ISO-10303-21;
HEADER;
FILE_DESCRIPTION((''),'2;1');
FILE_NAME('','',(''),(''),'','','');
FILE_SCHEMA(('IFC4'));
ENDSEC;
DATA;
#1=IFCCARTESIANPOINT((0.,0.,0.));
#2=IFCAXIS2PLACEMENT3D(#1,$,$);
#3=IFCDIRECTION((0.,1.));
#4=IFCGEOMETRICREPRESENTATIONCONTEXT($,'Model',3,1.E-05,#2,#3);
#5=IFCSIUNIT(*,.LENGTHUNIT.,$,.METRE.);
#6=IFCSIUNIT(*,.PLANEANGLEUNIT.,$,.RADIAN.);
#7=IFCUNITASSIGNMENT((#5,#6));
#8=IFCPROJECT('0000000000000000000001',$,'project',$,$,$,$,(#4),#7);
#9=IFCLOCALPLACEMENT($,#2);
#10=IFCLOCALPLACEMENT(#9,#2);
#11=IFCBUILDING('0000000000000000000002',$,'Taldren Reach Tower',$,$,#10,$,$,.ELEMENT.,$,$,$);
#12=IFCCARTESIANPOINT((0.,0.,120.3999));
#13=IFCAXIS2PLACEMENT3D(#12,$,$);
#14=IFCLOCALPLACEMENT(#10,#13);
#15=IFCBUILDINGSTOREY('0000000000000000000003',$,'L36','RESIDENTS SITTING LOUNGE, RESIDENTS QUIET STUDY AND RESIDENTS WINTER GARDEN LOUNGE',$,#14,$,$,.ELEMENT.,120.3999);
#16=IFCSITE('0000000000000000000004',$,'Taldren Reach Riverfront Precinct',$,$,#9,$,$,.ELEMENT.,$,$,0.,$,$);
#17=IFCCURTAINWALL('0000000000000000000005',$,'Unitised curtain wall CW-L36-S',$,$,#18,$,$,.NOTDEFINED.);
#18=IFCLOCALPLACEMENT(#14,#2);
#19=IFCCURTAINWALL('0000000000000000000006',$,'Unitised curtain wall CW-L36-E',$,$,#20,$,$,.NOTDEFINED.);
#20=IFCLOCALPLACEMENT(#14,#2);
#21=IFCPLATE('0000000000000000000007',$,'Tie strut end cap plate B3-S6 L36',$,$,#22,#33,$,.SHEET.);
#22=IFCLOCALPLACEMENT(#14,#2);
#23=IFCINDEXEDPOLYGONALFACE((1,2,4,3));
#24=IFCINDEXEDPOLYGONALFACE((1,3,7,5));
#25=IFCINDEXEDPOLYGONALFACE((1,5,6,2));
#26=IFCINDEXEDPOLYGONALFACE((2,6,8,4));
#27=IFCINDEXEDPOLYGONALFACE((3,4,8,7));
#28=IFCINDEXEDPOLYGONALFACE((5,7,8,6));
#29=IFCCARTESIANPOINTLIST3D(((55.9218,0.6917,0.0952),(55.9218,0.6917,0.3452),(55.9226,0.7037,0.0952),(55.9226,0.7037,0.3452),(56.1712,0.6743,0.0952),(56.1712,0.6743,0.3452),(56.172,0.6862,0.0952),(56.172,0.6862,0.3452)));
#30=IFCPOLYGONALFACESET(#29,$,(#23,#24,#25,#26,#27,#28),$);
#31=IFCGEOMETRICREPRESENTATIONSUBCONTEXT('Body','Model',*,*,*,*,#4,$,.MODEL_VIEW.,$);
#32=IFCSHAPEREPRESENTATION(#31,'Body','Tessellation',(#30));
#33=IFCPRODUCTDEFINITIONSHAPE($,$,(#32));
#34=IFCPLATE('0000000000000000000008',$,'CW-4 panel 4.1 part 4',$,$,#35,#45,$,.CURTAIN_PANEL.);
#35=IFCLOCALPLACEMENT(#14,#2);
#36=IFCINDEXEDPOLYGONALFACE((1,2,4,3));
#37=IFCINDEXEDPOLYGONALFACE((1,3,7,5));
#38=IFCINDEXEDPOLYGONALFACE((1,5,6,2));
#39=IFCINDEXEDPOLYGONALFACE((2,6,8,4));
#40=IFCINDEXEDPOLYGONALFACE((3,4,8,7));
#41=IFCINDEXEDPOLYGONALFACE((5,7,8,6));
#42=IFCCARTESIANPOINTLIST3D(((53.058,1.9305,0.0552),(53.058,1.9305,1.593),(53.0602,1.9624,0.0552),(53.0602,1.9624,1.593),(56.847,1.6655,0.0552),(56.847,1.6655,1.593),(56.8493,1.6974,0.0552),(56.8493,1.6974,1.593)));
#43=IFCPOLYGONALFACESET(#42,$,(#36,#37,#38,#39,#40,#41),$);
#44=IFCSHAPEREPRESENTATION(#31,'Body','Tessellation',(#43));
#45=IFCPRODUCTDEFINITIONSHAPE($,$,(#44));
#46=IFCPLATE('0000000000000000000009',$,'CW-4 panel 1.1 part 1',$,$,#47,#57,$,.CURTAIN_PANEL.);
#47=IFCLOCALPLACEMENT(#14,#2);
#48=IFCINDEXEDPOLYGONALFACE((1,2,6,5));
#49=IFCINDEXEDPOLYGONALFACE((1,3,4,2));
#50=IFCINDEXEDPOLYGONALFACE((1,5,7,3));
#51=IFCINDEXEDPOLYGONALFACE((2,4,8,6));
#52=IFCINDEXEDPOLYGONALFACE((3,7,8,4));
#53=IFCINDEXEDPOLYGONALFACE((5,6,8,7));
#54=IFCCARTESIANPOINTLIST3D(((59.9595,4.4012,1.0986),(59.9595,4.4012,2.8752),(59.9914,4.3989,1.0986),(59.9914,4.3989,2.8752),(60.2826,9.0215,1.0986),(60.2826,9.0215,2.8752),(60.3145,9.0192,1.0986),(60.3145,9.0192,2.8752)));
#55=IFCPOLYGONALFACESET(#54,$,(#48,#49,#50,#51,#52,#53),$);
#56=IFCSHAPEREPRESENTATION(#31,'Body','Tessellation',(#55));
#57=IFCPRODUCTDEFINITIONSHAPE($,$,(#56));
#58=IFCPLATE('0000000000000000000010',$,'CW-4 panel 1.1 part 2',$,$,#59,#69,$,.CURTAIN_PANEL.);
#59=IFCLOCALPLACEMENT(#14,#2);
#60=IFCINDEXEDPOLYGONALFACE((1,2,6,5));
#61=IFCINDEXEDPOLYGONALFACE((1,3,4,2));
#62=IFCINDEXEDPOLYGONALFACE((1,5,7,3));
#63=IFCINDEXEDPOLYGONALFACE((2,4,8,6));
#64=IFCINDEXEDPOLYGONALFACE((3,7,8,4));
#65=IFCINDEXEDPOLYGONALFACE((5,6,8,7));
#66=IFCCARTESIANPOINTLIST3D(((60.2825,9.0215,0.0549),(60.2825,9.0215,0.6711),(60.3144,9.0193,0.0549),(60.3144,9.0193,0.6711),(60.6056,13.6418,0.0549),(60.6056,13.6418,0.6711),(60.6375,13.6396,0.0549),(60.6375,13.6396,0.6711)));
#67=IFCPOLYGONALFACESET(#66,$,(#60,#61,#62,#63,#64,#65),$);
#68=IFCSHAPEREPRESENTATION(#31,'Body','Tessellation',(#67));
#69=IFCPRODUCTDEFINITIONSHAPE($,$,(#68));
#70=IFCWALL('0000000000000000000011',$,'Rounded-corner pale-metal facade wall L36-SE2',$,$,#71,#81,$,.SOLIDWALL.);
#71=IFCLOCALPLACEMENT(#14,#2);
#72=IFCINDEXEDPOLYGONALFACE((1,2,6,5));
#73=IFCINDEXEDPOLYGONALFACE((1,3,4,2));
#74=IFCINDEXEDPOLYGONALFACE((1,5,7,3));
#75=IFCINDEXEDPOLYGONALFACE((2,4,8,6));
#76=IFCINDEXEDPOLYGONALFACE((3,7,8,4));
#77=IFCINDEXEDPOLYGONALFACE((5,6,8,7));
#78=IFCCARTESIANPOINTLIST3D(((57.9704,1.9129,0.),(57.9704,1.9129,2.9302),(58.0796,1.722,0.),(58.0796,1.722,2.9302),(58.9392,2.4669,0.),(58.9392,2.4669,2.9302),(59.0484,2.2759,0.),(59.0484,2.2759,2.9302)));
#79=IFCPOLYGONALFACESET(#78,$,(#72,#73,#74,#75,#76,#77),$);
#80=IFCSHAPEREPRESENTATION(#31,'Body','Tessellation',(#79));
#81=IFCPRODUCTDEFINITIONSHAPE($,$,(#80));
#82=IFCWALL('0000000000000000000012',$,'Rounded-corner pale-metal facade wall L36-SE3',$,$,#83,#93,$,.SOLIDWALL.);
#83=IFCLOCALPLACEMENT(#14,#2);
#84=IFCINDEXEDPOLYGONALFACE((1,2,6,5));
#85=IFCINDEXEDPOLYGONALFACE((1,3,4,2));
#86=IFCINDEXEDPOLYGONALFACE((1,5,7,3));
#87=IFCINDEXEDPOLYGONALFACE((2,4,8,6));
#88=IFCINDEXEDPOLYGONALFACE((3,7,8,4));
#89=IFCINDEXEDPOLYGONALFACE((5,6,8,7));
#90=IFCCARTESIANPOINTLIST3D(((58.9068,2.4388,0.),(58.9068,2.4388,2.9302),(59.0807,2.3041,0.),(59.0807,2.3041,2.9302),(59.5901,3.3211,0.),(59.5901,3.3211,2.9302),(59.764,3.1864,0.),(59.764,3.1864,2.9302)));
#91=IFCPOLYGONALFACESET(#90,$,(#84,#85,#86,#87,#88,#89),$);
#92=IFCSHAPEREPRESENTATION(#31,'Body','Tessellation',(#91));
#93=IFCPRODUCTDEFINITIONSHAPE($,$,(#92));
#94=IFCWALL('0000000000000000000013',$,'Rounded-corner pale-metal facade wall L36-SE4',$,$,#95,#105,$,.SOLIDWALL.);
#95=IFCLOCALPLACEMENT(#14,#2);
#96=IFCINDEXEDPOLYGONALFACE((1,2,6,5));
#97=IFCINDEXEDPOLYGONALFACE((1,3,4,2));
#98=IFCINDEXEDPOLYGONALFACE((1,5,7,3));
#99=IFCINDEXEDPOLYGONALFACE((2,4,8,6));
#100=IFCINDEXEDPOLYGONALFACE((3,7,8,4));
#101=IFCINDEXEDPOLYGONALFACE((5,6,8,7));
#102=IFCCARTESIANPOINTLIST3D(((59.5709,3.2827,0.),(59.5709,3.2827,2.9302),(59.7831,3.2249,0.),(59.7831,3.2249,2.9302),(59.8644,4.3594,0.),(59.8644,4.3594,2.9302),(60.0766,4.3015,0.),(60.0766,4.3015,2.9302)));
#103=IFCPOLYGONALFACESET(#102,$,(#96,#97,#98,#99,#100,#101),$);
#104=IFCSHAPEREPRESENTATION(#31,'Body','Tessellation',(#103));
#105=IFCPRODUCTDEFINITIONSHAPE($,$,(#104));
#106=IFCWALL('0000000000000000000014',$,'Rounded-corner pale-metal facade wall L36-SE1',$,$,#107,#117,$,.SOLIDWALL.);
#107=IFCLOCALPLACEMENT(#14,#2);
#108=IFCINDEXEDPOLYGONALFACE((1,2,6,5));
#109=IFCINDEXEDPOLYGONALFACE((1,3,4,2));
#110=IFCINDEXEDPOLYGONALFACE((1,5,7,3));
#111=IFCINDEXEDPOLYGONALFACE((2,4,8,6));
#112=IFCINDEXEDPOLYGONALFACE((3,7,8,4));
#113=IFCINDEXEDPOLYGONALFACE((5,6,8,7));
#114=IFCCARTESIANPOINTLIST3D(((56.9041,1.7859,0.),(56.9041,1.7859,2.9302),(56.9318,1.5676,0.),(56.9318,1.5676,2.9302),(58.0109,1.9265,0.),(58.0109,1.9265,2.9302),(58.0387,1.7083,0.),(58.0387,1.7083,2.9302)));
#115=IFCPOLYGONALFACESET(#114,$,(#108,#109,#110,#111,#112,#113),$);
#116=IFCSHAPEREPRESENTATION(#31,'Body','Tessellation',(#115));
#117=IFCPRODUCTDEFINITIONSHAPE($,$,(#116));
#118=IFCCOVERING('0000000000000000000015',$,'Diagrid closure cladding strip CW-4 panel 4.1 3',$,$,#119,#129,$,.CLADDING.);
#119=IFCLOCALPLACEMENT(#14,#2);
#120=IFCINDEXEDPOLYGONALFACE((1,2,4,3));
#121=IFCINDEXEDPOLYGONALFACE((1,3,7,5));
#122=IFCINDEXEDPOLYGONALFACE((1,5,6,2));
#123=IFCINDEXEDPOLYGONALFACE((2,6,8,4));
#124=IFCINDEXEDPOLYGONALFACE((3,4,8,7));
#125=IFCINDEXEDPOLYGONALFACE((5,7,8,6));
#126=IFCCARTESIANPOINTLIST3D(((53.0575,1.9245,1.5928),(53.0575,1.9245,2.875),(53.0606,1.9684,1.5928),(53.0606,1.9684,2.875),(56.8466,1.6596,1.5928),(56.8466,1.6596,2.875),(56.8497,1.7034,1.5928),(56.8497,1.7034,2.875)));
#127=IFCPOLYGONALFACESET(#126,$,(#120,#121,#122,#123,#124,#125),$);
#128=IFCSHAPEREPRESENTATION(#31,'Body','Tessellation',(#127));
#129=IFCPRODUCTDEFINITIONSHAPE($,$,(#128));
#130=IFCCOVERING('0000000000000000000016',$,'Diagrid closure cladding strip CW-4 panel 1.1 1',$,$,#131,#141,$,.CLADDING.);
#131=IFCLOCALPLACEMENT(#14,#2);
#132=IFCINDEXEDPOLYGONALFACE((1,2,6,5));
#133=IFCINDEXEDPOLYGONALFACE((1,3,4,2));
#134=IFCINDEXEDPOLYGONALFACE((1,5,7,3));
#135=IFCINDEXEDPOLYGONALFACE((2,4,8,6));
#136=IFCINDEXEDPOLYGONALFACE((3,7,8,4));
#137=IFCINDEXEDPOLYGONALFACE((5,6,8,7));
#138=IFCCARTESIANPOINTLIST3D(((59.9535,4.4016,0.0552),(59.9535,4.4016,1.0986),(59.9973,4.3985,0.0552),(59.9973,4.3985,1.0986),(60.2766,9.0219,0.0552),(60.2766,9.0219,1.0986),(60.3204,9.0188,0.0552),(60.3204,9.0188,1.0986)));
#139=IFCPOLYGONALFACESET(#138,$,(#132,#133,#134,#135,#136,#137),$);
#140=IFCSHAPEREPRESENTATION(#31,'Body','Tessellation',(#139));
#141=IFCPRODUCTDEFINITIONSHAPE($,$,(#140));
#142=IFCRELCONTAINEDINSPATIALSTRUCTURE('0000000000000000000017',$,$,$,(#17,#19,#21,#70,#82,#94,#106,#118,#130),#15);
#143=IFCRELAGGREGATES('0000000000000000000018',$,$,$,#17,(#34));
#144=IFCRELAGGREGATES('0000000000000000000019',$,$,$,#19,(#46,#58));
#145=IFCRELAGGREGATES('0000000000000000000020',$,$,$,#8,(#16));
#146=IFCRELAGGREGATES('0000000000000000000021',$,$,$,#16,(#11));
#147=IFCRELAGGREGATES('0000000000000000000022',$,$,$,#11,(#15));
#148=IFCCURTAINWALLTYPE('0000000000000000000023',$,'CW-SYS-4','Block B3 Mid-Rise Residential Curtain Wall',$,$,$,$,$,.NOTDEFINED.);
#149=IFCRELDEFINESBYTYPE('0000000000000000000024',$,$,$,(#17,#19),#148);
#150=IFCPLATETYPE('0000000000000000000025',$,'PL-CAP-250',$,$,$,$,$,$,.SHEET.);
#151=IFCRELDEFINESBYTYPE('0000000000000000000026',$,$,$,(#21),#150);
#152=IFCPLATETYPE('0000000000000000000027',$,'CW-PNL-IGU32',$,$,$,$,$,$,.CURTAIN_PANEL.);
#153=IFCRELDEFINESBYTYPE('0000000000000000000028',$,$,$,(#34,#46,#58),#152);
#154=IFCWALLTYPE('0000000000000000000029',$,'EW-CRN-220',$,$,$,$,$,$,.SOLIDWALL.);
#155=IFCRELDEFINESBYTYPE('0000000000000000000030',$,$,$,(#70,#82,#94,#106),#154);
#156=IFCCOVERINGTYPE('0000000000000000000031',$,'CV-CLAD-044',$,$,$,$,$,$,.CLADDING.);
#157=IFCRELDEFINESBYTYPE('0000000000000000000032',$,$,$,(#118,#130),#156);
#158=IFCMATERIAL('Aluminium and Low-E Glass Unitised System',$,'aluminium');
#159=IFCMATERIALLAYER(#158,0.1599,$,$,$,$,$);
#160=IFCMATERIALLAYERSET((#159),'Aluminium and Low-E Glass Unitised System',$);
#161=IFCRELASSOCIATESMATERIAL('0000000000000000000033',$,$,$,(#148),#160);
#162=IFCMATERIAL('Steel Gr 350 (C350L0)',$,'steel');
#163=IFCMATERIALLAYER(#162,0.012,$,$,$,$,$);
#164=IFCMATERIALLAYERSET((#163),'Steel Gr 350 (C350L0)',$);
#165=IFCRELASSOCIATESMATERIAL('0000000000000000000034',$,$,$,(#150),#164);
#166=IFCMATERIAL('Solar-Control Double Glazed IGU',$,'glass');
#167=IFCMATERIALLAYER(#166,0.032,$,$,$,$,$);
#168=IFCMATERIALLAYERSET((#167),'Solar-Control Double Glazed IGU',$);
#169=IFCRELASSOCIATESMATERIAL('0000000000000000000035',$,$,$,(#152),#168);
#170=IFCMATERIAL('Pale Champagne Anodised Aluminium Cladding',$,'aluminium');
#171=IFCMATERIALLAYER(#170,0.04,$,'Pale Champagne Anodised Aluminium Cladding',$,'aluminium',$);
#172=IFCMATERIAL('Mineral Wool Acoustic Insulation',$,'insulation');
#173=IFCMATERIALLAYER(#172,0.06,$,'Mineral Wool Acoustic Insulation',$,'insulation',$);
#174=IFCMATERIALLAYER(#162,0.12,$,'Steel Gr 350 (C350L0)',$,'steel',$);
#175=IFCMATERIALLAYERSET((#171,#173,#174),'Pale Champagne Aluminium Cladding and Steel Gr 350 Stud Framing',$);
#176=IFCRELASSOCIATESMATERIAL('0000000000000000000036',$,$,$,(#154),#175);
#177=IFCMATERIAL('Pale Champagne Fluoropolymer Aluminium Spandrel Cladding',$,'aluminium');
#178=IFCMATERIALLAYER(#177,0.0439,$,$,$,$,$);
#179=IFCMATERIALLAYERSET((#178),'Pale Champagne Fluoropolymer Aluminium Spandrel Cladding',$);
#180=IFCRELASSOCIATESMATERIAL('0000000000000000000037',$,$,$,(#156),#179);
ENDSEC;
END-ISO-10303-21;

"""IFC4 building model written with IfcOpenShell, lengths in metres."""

from ifc_helpers import new_model, si_unit, direction, frame, frame_2d, origin, origin_2d, place, context, subcontext, project, spatial, rectangle, extrude, source, transform, mapped, material, layer, layer_set, type_object, element, aggregate, save


model = new_model("IFC4")

# Units and contexts
model_context = context("Model", 3, precision=1e-05, world=origin(), true_north=direction((0.0, 1.0)))
body_context = subcontext(model_context, "Body", "Model", "MODEL_VIEW")
ifc_project = project(units=[si_unit("LENGTHUNIT", "METRE"), si_unit("PLANEANGLEUNIT", "RADIAN")], contexts=[model_context])

# Site, building, storey
site_placement = place(None, origin())
site = spatial("IfcSite", under=ifc_project, at=site_placement, Name="Taldren Reach Riverfront Precinct", CompositionType="ELEMENT", RefElevation=0.0)
building_placement = place(site_placement, origin())
building = spatial("IfcBuilding", under=site, at=building_placement, Name="Taldren Reach Tower", CompositionType="ELEMENT")
storey_placement = place(building_placement, frame((0.0, 0.0, 120.3999)))
storey = spatial("IfcBuildingStorey", under=building, at=storey_placement, Name="L36", Description="RESIDENTS SITTING LOUNGE, RESIDENTS QUIET STUDY AND RESIDENTS WINTER GARDEN LOUNGE", CompositionType="ELEMENT", Elevation=120.3999)

# Shared definitions
ifc_material_1 = material(Name="Steel Gr 350 (C350L0)", Category="steel")

# Curtain wall
ifc_material_2 = material(Name="Aluminium and Low-E Glass Unitised System", Category="aluminium")
ifc_layer_1 = layer(ifc_material_2, 0.1599)
ifc_layer_set_1 = layer_set([ifc_layer_1], Name="Aluminium and Low-E Glass Unitised System")
curtain_wall_type = type_object("IfcCurtainWallType", Name="CW-SYS-4", Description="Block B3 Mid-Rise Residential Curtain Wall", PredefinedType="NOTDEFINED", material=ifc_layer_set_1)
curtain_wall_1_placement = place(storey_placement, origin())
curtain_wall_1 = element("IfcCurtainWall", 1, at=curtain_wall_1_placement, inside=storey, type_object=curtain_wall_type, Name="Unitised curtain wall CW-L36-S", PredefinedType="NOTDEFINED")

# Curtain wall
curtain_wall_2_placement = place(storey_placement, origin())
curtain_wall_2 = element("IfcCurtainWall", 2, at=curtain_wall_2_placement, inside=storey, type_object=curtain_wall_type, Name="Unitised curtain wall CW-L36-E", PredefinedType="NOTDEFINED")

# Plate
ifc_layer_2 = layer(ifc_material_1, 0.012)
ifc_layer_set_2 = layer_set([ifc_layer_2], Name="Steel Gr 350 (C350L0)")
plate_type_1 = type_object("IfcPlateType", Name="PL-CAP-250", PredefinedType="SHEET", material=ifc_layer_set_2)
shared_shape_1 = source(origin(), body_context, "Body", "SweptSolid", [
    extrude(rectangle(XDim=0.25, YDim=0.012, at=origin_2d()), origin(), (0.0, 0.0, 1.0), 0.25),
])
plate_1_placement = place(storey_placement, frame((56.0469, 0.689, 0.0952), z_axis=(0.0, 0.0, 1.0), x_axis=(0.997564, -0.069756, 0.0)))
element("IfcPlate", 3, at=plate_1_placement, inside=storey, type_object=plate_type_1, Name="Tie strut end cap plate B3-S6 L36", PredefinedType="SHEET", context=body_context, shape_type="MappedRepresentation", body=[
    mapped(shared_shape_1, transform((0.0, 0.0, 0.0), scale=1.0)),
])

# Plates
ifc_material_3 = material(Name="Solar-Control Double Glazed IGU", Category="glass")
ifc_layer_3 = layer(ifc_material_3, 0.032)
ifc_layer_set_3 = layer_set([ifc_layer_3], Name="Solar-Control Double Glazed IGU")
plate_type_2 = type_object("IfcPlateType", Name="CW-PNL-IGU32", PredefinedType="CURTAIN_PANEL", material=ifc_layer_set_3)
shared_shape_2 = source(origin(), body_context, "Body", "SweptSolid", [
    extrude(rectangle(XDim=3.7983, YDim=0.032, at=origin_2d()), origin(), (0.0, 0.0, 1.0), 1.5378),
])
plate_2_placement = place(storey_placement, frame((54.9536, 1.814, 0.0552), z_axis=(0.0, 0.0, 1.0), x_axis=(0.997564, -0.069757, 0.0)))
plate_2 = element("IfcPlate", 4, at=plate_2_placement, type_object=plate_type_2, Name="CW-4 panel 4.1 part 4", PredefinedType="CURTAIN_PANEL", context=body_context, shape_type="MappedRepresentation", body=[
    mapped(shared_shape_2, transform((0.0, 0.0, 0.0), scale=1.0)),
])
aggregate(curtain_wall_1, [plate_2])
shared_shape_3 = source(origin(), body_context, "Body", "SweptSolid", [
    extrude(rectangle(XDim=4.6316, YDim=0.032, at=origin_2d()), origin(), (0.0, 0.0, 1.0), 1.7766),
])
plate_3_placement = place(storey_placement, frame((60.137, 6.7102, 1.0986), z_axis=(0.0, 0.0, 1.0), x_axis=(0.069756, 0.997564, 0.0)))
plate_3 = element("IfcPlate", 5, at=plate_3_placement, type_object=plate_type_2, Name="CW-4 panel 1.1 part 1", PredefinedType="CURTAIN_PANEL", context=body_context, shape_type="MappedRepresentation", body=[
    mapped(shared_shape_3, transform((0.0, 0.0, 0.0), scale=1.0)),
])
shared_shape_4 = source(origin(), body_context, "Body", "SweptSolid", [
    extrude(rectangle(XDim=4.6316, YDim=0.032, at=origin_2d()), origin(), (0.0, 0.0, 1.0), 0.6162),
])
plate_4_placement = place(storey_placement, frame((60.46, 11.3306, 0.0549), z_axis=(0.0, 0.0, 1.0), x_axis=(0.069756, 0.997564, 0.0)))
plate_4 = element("IfcPlate", 6, at=plate_4_placement, type_object=plate_type_2, Name="CW-4 panel 1.1 part 2", PredefinedType="CURTAIN_PANEL", context=body_context, shape_type="MappedRepresentation", body=[
    mapped(shared_shape_4, transform((0.0, 0.0, 0.0), scale=1.0)),
])
aggregate(curtain_wall_2, [plate_3, plate_4])

# Walls
ifc_material_4 = material(Name="Pale Champagne Anodised Aluminium Cladding", Category="aluminium")
ifc_layer_4 = layer(ifc_material_4, 0.04, Name="Pale Champagne Anodised Aluminium Cladding", Category="aluminium")
ifc_material_5 = material(Name="Mineral Wool Acoustic Insulation", Category="insulation")
ifc_layer_5 = layer(ifc_material_5, 0.06, Name="Mineral Wool Acoustic Insulation", Category="insulation")
ifc_layer_6 = layer(ifc_material_1, 0.12, Name="Steel Gr 350 (C350L0)", Category="steel")
ifc_layer_set_4 = layer_set([ifc_layer_4, ifc_layer_5, ifc_layer_6], Name="Pale Champagne Aluminium Cladding and Steel Gr 350 Stud Framing")
wall_type = type_object("IfcWallType", Name="EW-CRN-220", PredefinedType="SOLIDWALL", material=ifc_layer_set_4)
shared_shape_5 = source(origin(), body_context, "Body", "SweptSolid", [
    extrude(rectangle(XDim=1.116, YDim=0.22, at=frame_2d((0.5581, 0.0))), origin(), (0.0, 0.0, 1.0), 2.9302),
])
for number, where, z_axis, x_axis, name in (
    (7, (58.0249, 1.8174, 0.0), (0.0, 0.0, 1.0), (0.868095, 0.496398, 0.0), "Rounded-corner pale-metal facade wall L36-SE2"),
    (8, (58.9937, 2.3713, 0.0), (0.0, 0.0, 1.0), (0.612319, 0.790611, 0.0), "Rounded-corner pale-metal facade wall L36-SE3"),
    (9, (59.677, 3.2537, 0.0), (0.0, 0.0, 1.0), (0.262969, 0.964804, 0.0), "Rounded-corner pale-metal facade wall L36-SE4"),
):
    element("IfcWall", number, at=place(storey_placement, frame(where, z_axis=z_axis, x_axis=x_axis)), inside=storey, type_object=wall_type, Name=name, PredefinedType="SOLIDWALL", context=body_context, shape_type="MappedRepresentation", body=[
        mapped(shared_shape_5, transform((0.0, 0.0, 0.0), scale=1.0)),
    ])
shared_shape_6 = source(origin(), body_context, "Body", "SweptSolid", [
    extrude(rectangle(XDim=1.1157, YDim=0.22, at=frame_2d((0.5579, 0.0))), origin(), (0.0, 0.0, 1.0), 2.9302),
])
wall_placement = place(storey_placement, frame((56.918, 1.6768, 0.0), z_axis=(0.0, 0.0, 1.0), x_axis=(0.992027, 0.126027, 0.0)))
element("IfcWall", 10, at=wall_placement, inside=storey, type_object=wall_type, Name="Rounded-corner pale-metal facade wall L36-SE1", PredefinedType="SOLIDWALL", context=body_context, shape_type="MappedRepresentation", body=[
    mapped(shared_shape_6, transform((0.0, 0.0, 0.0), scale=1.0)),
])

# Coverings
ifc_material_6 = material(Name="Pale Champagne Fluoropolymer Aluminium Spandrel Cladding", Category="aluminium")
ifc_layer_7 = layer(ifc_material_6, 0.0439)
ifc_layer_set_5 = layer_set([ifc_layer_7], Name="Pale Champagne Fluoropolymer Aluminium Spandrel Cladding")
covering_type = type_object("IfcCoveringType", Name="CV-CLAD-044", PredefinedType="CLADDING", material=ifc_layer_set_5)
shared_shape_7 = source(origin(), body_context, "Body", "SweptSolid", [
    extrude(rectangle(XDim=3.7983, YDim=0.0439, at=origin_2d()), origin(), (0.0, 0.0, 1.0), 1.2822),
])
covering_1_placement = place(storey_placement, frame((54.9536, 1.814, 1.5928), z_axis=(0.0, 0.0, 1.0), x_axis=(0.997564, -0.069757, 0.0)))
element("IfcCovering", 11, at=covering_1_placement, inside=storey, type_object=covering_type, Name="Diagrid closure cladding strip CW-4 panel 4.1 3", PredefinedType="CLADDING", context=body_context, shape_type="MappedRepresentation", body=[
    mapped(shared_shape_7, transform((0.0, 0.0, 0.0), scale=1.0)),
])
shared_shape_8 = source(origin(), body_context, "Body", "SweptSolid", [
    extrude(rectangle(XDim=4.6316, YDim=0.0439, at=origin_2d()), origin(), (0.0, 0.0, 1.0), 1.0435),
])
covering_2_placement = place(storey_placement, frame((60.137, 6.7102, 0.0552), z_axis=(0.0, 0.0, 1.0), x_axis=(0.069756, 0.997564, 0.0)))
element("IfcCovering", 12, at=covering_2_placement, inside=storey, type_object=covering_type, Name="Diagrid closure cladding strip CW-4 panel 1.1 1", PredefinedType="CLADDING", context=body_context, shape_type="MappedRepresentation", body=[
    mapped(shared_shape_8, transform((0.0, 0.0, 0.0), scale=1.0)),
])

save(model, "model.ifc")
